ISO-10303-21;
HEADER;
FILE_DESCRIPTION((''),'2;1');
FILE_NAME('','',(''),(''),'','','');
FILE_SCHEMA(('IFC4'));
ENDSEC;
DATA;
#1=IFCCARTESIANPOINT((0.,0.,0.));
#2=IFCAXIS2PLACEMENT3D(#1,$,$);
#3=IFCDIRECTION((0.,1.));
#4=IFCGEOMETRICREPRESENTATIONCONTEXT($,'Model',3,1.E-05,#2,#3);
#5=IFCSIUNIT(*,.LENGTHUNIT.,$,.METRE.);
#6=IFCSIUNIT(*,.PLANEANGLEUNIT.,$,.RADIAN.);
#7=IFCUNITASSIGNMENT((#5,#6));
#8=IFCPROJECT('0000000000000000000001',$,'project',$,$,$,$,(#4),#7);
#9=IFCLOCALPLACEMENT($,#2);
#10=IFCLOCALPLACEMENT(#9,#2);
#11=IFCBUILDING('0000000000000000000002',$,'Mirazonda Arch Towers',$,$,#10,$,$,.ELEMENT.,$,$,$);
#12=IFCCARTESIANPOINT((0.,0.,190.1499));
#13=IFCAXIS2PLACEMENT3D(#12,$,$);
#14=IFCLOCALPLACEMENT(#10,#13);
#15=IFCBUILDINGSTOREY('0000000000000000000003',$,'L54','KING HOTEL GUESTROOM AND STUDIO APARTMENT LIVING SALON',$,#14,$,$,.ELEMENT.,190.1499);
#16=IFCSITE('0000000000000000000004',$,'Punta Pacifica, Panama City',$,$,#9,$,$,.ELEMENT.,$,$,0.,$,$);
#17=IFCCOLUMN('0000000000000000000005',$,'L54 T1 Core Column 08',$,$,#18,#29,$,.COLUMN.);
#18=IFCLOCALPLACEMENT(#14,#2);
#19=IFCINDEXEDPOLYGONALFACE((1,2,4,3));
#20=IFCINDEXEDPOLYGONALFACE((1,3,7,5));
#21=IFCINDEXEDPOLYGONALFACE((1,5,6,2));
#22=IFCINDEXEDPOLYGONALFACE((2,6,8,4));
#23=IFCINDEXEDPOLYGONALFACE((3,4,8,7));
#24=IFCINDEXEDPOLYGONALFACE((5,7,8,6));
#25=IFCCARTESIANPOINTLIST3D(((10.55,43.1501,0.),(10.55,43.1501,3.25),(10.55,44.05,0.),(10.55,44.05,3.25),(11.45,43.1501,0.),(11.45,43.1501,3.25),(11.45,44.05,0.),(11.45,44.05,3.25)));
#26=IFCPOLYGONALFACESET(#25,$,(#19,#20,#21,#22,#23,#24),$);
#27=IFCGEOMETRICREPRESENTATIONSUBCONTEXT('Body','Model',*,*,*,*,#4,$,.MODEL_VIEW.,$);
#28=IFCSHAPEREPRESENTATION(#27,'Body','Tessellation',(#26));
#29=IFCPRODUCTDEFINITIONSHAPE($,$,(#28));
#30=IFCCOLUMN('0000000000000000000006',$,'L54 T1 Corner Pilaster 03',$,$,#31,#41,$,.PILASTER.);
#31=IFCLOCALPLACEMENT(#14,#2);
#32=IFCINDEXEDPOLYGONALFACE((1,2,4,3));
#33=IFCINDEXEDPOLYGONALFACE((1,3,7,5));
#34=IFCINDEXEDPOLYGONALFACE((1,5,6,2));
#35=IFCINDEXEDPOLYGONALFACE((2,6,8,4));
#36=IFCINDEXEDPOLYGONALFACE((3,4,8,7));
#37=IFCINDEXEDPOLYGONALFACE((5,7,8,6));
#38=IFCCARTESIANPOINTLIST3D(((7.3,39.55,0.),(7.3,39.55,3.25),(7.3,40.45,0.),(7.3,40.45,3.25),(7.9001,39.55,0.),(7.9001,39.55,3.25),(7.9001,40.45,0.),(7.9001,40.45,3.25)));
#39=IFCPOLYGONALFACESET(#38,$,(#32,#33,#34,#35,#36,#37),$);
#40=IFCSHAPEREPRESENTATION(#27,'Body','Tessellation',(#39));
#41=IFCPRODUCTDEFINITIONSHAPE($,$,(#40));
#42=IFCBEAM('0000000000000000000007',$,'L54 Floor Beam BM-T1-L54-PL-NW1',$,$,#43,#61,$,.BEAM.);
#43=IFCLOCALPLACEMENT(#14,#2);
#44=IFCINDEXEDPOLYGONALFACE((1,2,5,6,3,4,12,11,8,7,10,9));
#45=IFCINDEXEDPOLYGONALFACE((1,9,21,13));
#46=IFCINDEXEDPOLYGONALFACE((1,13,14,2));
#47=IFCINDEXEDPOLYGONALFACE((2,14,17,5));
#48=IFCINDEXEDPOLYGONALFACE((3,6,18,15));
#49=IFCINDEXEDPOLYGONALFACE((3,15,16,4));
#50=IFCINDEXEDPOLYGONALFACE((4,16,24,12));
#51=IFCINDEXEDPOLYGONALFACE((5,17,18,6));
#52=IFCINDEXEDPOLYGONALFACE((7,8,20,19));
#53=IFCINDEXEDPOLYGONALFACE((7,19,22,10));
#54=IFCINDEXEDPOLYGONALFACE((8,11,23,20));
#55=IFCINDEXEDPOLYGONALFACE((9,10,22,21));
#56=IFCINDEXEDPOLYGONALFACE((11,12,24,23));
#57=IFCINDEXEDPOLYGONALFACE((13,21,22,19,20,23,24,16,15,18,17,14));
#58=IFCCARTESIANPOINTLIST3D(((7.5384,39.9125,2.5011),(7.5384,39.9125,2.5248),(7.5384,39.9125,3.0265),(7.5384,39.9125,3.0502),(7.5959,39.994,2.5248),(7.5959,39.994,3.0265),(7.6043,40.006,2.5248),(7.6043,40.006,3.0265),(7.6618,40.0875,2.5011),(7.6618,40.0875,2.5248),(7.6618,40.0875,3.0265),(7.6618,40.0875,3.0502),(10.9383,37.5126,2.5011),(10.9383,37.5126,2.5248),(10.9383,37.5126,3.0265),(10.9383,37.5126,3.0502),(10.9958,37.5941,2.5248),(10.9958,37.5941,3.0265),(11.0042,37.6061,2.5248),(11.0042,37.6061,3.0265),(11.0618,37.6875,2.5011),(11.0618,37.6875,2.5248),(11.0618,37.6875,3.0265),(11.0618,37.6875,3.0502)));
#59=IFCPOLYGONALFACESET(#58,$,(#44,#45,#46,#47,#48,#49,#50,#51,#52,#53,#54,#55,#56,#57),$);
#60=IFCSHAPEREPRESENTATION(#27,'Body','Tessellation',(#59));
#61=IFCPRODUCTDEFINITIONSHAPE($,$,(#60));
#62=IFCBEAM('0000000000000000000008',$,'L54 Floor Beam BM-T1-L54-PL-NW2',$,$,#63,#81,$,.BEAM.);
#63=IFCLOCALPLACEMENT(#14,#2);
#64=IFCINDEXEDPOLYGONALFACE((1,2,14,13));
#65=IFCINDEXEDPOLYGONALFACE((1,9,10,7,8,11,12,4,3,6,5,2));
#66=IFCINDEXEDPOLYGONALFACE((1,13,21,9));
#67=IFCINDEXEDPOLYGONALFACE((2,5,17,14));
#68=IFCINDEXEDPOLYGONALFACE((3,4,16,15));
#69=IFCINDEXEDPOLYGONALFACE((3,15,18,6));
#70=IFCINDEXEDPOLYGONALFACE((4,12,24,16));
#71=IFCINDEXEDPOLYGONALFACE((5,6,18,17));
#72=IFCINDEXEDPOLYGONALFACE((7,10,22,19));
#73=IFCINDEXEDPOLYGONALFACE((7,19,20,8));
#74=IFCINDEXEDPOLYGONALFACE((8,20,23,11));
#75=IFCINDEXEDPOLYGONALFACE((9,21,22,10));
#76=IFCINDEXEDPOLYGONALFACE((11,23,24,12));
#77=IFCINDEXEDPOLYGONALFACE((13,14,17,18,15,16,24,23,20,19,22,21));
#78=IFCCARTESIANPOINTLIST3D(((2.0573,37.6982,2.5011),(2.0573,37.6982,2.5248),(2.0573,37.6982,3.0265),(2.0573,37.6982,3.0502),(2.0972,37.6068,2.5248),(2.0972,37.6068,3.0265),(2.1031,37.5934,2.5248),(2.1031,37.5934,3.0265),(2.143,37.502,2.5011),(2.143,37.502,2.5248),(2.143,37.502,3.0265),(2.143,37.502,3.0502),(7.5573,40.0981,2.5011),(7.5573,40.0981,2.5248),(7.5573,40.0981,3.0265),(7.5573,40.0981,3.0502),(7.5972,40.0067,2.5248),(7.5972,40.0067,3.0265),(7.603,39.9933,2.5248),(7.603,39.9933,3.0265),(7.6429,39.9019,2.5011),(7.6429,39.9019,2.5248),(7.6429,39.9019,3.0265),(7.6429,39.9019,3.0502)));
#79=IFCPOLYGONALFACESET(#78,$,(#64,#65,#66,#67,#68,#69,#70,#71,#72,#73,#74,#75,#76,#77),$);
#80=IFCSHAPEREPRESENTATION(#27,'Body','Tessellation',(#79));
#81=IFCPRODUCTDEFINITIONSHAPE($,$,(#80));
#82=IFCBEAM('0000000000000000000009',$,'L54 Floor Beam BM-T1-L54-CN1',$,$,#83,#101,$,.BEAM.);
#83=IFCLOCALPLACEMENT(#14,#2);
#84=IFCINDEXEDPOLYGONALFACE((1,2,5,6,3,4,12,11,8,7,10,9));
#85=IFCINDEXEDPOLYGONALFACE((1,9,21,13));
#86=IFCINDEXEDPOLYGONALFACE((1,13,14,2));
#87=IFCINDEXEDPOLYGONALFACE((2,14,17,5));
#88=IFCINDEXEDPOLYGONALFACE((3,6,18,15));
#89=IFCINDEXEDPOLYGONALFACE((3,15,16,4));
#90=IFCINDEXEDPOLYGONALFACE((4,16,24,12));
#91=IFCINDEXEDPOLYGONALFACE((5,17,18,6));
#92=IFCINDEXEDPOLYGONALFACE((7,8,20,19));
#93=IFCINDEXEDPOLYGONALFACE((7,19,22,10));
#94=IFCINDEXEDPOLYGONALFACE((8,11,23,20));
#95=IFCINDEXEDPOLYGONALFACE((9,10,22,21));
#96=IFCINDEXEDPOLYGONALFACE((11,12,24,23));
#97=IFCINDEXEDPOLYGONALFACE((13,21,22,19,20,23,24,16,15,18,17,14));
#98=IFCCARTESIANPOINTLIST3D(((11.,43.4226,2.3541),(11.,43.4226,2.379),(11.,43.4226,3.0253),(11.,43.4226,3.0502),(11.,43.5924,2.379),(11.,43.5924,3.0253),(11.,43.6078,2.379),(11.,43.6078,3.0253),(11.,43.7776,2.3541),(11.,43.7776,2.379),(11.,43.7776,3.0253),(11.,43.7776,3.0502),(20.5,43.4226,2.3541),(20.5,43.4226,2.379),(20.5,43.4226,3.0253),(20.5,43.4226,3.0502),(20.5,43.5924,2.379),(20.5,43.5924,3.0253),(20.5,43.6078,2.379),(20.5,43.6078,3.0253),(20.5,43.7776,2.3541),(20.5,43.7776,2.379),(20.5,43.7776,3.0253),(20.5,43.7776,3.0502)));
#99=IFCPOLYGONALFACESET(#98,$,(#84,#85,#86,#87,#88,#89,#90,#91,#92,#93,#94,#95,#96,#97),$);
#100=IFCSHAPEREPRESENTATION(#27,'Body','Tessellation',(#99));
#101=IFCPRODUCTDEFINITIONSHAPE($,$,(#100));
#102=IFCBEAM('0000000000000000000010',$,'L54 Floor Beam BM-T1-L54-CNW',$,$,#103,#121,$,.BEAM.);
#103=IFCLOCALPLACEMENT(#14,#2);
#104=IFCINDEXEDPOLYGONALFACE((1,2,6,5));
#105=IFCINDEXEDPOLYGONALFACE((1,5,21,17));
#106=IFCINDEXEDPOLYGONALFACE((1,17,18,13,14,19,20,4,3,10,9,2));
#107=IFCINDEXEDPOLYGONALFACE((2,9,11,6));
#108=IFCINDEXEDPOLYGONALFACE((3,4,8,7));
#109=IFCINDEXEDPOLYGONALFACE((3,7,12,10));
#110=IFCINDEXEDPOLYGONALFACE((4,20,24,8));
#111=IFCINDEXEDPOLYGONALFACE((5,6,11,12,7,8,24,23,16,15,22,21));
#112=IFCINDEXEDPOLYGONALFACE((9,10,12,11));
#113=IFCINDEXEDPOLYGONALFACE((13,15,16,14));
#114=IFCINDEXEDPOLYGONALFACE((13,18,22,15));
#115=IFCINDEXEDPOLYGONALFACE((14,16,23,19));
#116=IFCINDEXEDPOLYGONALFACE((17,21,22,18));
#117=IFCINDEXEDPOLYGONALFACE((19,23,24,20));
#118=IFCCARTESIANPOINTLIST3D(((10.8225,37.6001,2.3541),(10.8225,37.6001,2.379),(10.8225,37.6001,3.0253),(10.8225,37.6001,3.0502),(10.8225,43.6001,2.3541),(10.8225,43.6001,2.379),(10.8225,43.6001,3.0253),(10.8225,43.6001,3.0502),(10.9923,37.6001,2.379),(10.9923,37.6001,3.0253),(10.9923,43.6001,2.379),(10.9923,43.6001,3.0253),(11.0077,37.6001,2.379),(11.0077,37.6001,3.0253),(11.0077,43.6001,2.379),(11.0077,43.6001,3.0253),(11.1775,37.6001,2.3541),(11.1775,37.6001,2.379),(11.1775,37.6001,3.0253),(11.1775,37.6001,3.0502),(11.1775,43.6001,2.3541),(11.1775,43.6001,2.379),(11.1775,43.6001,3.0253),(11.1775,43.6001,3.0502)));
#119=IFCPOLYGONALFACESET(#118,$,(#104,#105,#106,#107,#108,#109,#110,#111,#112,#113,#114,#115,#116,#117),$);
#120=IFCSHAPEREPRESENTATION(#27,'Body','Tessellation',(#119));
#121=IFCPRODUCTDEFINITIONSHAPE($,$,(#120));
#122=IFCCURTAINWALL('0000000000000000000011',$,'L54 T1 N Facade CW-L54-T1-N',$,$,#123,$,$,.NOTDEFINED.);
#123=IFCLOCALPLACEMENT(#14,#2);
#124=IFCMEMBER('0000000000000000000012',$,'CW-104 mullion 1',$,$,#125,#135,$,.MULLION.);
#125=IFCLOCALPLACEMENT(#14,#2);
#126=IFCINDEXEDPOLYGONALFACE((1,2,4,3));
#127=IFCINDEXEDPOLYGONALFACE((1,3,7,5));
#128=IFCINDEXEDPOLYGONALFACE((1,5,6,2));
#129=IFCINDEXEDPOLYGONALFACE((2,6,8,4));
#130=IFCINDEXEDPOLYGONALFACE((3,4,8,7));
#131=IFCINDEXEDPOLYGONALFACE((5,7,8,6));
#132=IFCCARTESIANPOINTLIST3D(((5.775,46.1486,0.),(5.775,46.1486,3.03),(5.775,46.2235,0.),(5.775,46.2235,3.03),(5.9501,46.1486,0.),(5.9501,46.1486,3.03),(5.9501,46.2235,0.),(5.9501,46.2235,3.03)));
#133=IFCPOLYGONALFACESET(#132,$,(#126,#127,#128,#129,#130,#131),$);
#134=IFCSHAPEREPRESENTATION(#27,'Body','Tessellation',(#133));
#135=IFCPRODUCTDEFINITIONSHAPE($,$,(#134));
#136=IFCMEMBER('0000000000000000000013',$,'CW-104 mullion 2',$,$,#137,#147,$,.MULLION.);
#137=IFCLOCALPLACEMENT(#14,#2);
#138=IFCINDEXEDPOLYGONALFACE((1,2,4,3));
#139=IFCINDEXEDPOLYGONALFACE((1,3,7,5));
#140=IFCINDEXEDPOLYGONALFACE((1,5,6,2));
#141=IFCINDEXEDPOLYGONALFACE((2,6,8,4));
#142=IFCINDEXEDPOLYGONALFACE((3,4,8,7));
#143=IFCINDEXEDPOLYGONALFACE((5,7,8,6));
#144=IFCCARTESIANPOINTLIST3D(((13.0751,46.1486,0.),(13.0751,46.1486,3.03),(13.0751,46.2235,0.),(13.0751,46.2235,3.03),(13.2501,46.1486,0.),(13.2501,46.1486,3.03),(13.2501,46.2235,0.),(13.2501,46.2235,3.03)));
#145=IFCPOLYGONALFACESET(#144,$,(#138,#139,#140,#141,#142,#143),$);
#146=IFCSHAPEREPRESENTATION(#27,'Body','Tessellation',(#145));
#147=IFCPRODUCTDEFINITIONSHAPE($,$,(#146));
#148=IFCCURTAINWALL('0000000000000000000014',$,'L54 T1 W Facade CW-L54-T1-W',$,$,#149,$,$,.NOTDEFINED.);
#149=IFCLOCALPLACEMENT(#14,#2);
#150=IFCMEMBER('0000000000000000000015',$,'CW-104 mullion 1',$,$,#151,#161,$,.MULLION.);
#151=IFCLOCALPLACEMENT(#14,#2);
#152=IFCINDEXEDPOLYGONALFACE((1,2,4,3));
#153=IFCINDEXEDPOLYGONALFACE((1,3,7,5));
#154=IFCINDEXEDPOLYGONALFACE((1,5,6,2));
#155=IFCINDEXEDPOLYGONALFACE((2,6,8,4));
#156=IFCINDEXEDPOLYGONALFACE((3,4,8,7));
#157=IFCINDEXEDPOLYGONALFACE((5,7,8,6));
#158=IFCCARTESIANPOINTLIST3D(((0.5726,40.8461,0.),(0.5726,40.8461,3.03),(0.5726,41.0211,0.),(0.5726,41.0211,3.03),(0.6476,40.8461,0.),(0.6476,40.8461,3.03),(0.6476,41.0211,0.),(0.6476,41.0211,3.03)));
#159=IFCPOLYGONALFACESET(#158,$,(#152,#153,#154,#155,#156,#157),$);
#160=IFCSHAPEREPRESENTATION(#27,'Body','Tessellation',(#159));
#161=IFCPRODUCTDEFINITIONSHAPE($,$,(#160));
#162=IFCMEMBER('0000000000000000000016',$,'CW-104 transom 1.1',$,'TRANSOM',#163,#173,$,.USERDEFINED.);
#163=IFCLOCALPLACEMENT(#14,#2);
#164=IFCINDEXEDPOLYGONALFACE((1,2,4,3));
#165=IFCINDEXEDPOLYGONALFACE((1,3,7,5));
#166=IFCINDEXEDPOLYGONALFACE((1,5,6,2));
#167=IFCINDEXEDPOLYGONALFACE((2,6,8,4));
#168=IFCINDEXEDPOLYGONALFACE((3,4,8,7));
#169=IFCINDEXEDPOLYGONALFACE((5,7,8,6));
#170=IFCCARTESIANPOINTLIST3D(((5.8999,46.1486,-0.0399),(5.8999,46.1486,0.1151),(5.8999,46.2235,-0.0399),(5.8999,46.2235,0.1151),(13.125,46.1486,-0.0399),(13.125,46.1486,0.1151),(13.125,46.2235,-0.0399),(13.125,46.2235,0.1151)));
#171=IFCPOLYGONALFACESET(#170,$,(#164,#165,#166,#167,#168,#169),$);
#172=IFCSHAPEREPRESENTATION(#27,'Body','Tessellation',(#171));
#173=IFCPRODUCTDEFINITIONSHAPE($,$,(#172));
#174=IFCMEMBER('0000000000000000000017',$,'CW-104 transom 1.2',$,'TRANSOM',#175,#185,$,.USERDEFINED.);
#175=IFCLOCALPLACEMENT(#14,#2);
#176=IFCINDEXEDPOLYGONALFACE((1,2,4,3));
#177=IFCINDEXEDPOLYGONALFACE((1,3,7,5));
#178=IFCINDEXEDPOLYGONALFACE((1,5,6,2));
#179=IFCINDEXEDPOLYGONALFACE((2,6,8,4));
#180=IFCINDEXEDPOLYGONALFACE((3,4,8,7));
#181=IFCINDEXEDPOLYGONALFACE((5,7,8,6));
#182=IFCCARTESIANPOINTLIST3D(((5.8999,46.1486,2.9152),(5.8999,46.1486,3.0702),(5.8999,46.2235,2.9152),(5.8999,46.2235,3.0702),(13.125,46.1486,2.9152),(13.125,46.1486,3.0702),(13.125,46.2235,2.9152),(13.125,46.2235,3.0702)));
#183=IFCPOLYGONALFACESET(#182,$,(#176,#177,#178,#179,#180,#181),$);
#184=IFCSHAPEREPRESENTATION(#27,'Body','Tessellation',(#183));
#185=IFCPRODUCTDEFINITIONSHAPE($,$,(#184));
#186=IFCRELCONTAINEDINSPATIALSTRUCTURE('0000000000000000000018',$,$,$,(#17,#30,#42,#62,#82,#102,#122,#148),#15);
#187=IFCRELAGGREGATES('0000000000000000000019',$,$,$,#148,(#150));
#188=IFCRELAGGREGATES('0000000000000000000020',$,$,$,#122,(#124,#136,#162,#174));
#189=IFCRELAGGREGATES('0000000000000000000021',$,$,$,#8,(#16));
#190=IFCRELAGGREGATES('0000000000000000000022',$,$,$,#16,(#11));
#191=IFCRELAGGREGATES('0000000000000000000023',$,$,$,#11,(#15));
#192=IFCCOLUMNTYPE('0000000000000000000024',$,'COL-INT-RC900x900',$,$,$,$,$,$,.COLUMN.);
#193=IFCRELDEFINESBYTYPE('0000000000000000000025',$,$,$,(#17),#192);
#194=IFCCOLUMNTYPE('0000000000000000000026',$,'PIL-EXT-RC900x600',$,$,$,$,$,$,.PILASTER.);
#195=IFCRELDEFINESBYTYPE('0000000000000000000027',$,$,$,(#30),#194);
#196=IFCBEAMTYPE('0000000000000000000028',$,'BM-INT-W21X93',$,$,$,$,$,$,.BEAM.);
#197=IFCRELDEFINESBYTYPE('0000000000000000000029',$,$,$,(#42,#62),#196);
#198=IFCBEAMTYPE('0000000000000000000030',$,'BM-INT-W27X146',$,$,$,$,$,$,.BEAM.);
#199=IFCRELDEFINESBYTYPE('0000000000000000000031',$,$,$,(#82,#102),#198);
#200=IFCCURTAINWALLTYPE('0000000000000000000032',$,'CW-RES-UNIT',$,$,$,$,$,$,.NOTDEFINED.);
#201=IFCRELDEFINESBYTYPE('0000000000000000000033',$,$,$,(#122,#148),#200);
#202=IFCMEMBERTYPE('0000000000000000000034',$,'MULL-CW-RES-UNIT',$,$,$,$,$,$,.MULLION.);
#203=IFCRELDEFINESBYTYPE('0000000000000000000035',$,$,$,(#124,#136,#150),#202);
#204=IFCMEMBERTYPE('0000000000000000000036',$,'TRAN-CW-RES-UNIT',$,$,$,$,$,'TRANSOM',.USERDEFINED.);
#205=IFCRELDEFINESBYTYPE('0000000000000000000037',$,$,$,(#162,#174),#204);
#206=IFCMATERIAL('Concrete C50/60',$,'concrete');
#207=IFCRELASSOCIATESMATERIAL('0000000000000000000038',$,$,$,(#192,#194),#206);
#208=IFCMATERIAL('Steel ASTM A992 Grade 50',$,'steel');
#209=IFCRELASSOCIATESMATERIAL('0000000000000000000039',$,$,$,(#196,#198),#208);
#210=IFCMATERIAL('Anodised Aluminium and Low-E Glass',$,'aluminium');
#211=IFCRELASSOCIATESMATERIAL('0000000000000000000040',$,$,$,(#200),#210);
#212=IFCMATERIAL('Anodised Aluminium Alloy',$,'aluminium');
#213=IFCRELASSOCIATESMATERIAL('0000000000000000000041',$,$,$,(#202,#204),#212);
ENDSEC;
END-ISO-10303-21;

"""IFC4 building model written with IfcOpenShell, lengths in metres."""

from ifc_helpers import new_model, si_unit, direction, frame, origin, origin_2d, place, context, subcontext, project, spatial, rectangle, i_section, extrude, material, material_profile, profile_set, type_object, element, aggregate, save


model = new_model("IFC4")

# Units and contexts
model_context = context("Model", 3, precision=1e-05, world=origin(), true_north=direction((0.0, 1.0)))
body_context = subcontext(model_context, "Body", "Model", "MODEL_VIEW")
ifc_project = project(units=[si_unit("LENGTHUNIT", "METRE"), si_unit("PLANEANGLEUNIT", "RADIAN")], contexts=[model_context])

# Site, building, storey
site_placement = place(None, origin())
site = spatial("IfcSite", under=ifc_project, at=site_placement, Name="Punta Pacifica, Panama City", CompositionType="ELEMENT", RefElevation=0.0)
building_placement = place(site_placement, origin())
building = spatial("IfcBuilding", under=site, at=building_placement, Name="Mirazonda Arch Towers", CompositionType="ELEMENT")
storey_placement = place(building_placement, frame((0.0, 0.0, 190.1499)))
storey = spatial("IfcBuildingStorey", under=building, at=storey_placement, Name="L54", Description="KING HOTEL GUESTROOM AND STUDIO APARTMENT LIVING SALON", CompositionType="ELEMENT", Elevation=190.1499)

# Columns
ifc_material_1 = material(Name="Concrete C50/60", Category="concrete")
ifc_material_profile_1 = material_profile(ifc_material_1, rectangle(XDim=0.8999, YDim=0.8999, at=origin_2d()), Name="RC900x900")
ifc_profile_set_1 = profile_set([ifc_material_profile_1], Name="Concrete C50/60")
column_type_1 = type_object("IfcColumnType", Name="COL-INT-RC900x900", PredefinedType="COLUMN", material=ifc_profile_set_1)
column_1_placement = place(storey_placement, frame((11.0, 43.6001, 0.0), z_axis=(0.0, 0.0, 1.0), x_axis=(1.0, 0.0, 0.0)))
element("IfcColumn", 1, at=column_1_placement, inside=storey, type_object=column_type_1, Name="L54 T1 Core Column 08", PredefinedType="COLUMN", context=body_context, shape_type="SweptSolid", body=[
    extrude(rectangle(XDim=0.8999, YDim=0.8999, at=origin_2d()), origin(), (0.0, 0.0, 1.0), 3.25),
])
ifc_material_profile_2 = material_profile(ifc_material_1, rectangle(XDim=0.6001, YDim=0.8999, at=origin_2d()), Name="RC900x600")
ifc_profile_set_2 = profile_set([ifc_material_profile_2], Name="Concrete C50/60")
column_type_2 = type_object("IfcColumnType", Name="PIL-EXT-RC900x600", PredefinedType="PILASTER", material=ifc_profile_set_2)
column_2_placement = place(storey_placement, frame((7.6001, 40.0, 0.0), z_axis=(0.0, 0.0, 1.0), x_axis=(1.0, 0.0, 0.0)))
element("IfcColumn", 2, at=column_2_placement, inside=storey, type_object=column_type_2, Name="L54 T1 Corner Pilaster 03", PredefinedType="PILASTER", context=body_context, shape_type="SweptSolid", body=[
    extrude(rectangle(XDim=0.6001, YDim=0.8999, at=origin_2d()), origin(), (0.0, 0.0, 1.0), 3.25),
])

# Beams
ifc_material_2 = material(Name="Steel ASTM A992 Grade 50", Category="steel")
ifc_material_profile_3 = material_profile(ifc_material_2, i_section(OverallWidth=0.2141, OverallDepth=0.5491, WebThickness=0.0146, FlangeThickness=0.0237, at=origin_2d()), Name="W21X93")
ifc_profile_set_3 = profile_set([ifc_material_profile_3], Name="Steel ASTM A992 Grade 50")
beam_type_1 = type_object("IfcBeamType", Name="BM-INT-W21X93", PredefinedType="BEAM", material=ifc_profile_set_3)
beam_1_placement = place(storey_placement, frame((7.6001, 40.0, 2.7756), z_axis=(0.816971, -0.576679, 0.0), x_axis=(0.576679, 0.816971, 0.0)))
element("IfcBeam", 3, at=beam_1_placement, inside=storey, type_object=beam_type_1, Name="L54 Floor Beam BM-T1-L54-PL-NW1", PredefinedType="BEAM", context=body_context, shape_type="SweptSolid", body=[
    extrude(i_section(OverallWidth=0.2141, OverallDepth=0.5491, WebThickness=0.0146, FlangeThickness=0.0237, at=origin_2d()), origin(), (0.0, 0.0, 1.0), 4.1616),
])
beam_2_placement = place(storey_placement, frame((7.6001, 40.0, 2.7756), z_axis=(-0.916545, -0.399931, 0.0), x_axis=(0.399931, -0.916545, 0.0)))
element("IfcBeam", 4, at=beam_2_placement, inside=storey, type_object=beam_type_1, Name="L54 Floor Beam BM-T1-L54-PL-NW2", PredefinedType="BEAM", context=body_context, shape_type="SweptSolid", body=[
    extrude(i_section(OverallWidth=0.2141, OverallDepth=0.5491, WebThickness=0.0146, FlangeThickness=0.0237, at=origin_2d()), origin(), (0.0, 0.0, 1.0), 6.0007),
])
ifc_material_profile_4 = material_profile(ifc_material_2, i_section(OverallWidth=0.355, OverallDepth=0.696, WebThickness=0.0154, FlangeThickness=0.0249, at=origin_2d()), Name="W27X146")
ifc_profile_set_4 = profile_set([ifc_material_profile_4], Name="Steel ASTM A992 Grade 50")
beam_type_2 = type_object("IfcBeamType", Name="BM-INT-W27X146", PredefinedType="BEAM", material=ifc_profile_set_4)
beam_3_placement = place(storey_placement, frame((11.0, 43.6001, 2.7021), z_axis=(1.0, 0.0, 0.0), x_axis=(0.0, 1.0, 0.0)))
element("IfcBeam", 5, at=beam_3_placement, inside=storey, type_object=beam_type_2, Name="L54 Floor Beam BM-T1-L54-CN1", PredefinedType="BEAM", context=body_context, shape_type="SweptSolid", body=[
    extrude(i_section(OverallWidth=0.355, OverallDepth=0.696, WebThickness=0.0154, FlangeThickness=0.0249, at=origin_2d()), origin(), (0.0, 0.0, 1.0), 9.5),
])
beam_4_placement = place(storey_placement, frame((11.0, 37.6001, 2.7021), z_axis=(0.0, 1.0, 0.0), x_axis=(-1.0, 0.0, 0.0)))
element("IfcBeam", 6, at=beam_4_placement, inside=storey, type_object=beam_type_2, Name="L54 Floor Beam BM-T1-L54-CNW", PredefinedType="BEAM", context=body_context, shape_type="SweptSolid", body=[
    extrude(i_section(OverallWidth=0.355, OverallDepth=0.696, WebThickness=0.0154, FlangeThickness=0.0249, at=origin_2d()), origin(), (0.0, 0.0, 1.0), 6.0),
])

# Curtain wall, members
ifc_material_3 = material(Name="Anodised Aluminium and Low-E Glass", Category="aluminium")
curtain_wall_type = type_object("IfcCurtainWallType", Name="CW-RES-UNIT", PredefinedType="NOTDEFINED", material=ifc_material_3)
curtain_wall_1_placement = place(storey_placement, origin())
curtain_wall_1 = element("IfcCurtainWall", 7, at=curtain_wall_1_placement, inside=storey, type_object=curtain_wall_type, Name="L54 T1 N Facade CW-L54-T1-N", PredefinedType="NOTDEFINED")
ifc_material_4 = material(Name="Anodised Aluminium Alloy", Category="aluminium")
ifc_material_profile_5 = material_profile(ifc_material_4, rectangle(XDim=0.075, YDim=0.175, at=origin_2d()), Name="ALU-MULL-75x175")
ifc_profile_set_5 = profile_set([ifc_material_profile_5], Name="Anodised Aluminium Alloy")
member_type_1 = type_object("IfcMemberType", Name="MULL-CW-RES-UNIT", PredefinedType="MULLION", material=ifc_profile_set_5)
member_1_placement = place(storey_placement, frame((5.8625, 46.186, 0.0), z_axis=(0.0, 0.0, 1.0), x_axis=(0.0, 1.0, 0.0)))
member_1 = element("IfcMember", 8, at=member_1_placement, type_object=member_type_1, Name="CW-104 mullion 1", PredefinedType="MULLION", context=body_context, shape_type="SweptSolid", body=[
    extrude(rectangle(XDim=0.075, YDim=0.175, at=origin_2d()), origin(), (0.0, 0.0, 1.0), 3.03),
])
member_2_placement = place(storey_placement, frame((13.1626, 46.186, 0.0), z_axis=(0.0, 0.0, 1.0), x_axis=(0.0, 1.0, 0.0)))
member_2 = element("IfcMember", 9, at=member_2_placement, type_object=member_type_1, Name="CW-104 mullion 2", PredefinedType="MULLION", context=body_context, shape_type="SweptSolid", body=[
    extrude(rectangle(XDim=0.075, YDim=0.175, at=origin_2d()), origin(), (0.0, 0.0, 1.0), 3.03),
])

# Curtain wall, member
curtain_wall_2_placement = place(storey_placement, origin())
curtain_wall_2 = element("IfcCurtainWall", 10, at=curtain_wall_2_placement, inside=storey, type_object=curtain_wall_type, Name="L54 T1 W Facade CW-L54-T1-W", PredefinedType="NOTDEFINED")
member_3_placement = place(storey_placement, frame((0.6101, 40.9336, 0.0), z_axis=(0.0, 0.0, 1.0), x_axis=(1.0, 0.0, 0.0)))
member_3 = element("IfcMember", 11, at=member_3_placement, type_object=member_type_1, Name="CW-104 mullion 1", PredefinedType="MULLION", context=body_context, shape_type="SweptSolid", body=[
    extrude(rectangle(XDim=0.075, YDim=0.175, at=origin_2d()), origin(), (0.0, 0.0, 1.0), 3.03),
])

# Members
ifc_material_profile_6 = material_profile(ifc_material_4, rectangle(XDim=0.075, YDim=0.155, at=origin_2d()), Name="ALU-TRAN-75x155")
ifc_profile_set_6 = profile_set([ifc_material_profile_6], Name="Anodised Aluminium Alloy")
member_type_2 = type_object("IfcMemberType", Name="TRAN-CW-RES-UNIT", ElementType="TRANSOM", PredefinedType="USERDEFINED", material=ifc_profile_set_6)
member_4_placement = place(storey_placement, frame((5.8999, 46.186, 0.0376), z_axis=(1.0, 0.0, 0.0), x_axis=(0.0, 1.0, 0.0)))
member_4 = element("IfcMember", 12, at=member_4_placement, type_object=member_type_2, Name="CW-104 transom 1.1", ObjectType="TRANSOM", PredefinedType="USERDEFINED", context=body_context, shape_type="SweptSolid", body=[
    extrude(rectangle(XDim=0.075, YDim=0.155, at=origin_2d()), origin(), (0.0, 0.0, 1.0), 7.2251),
])
member_5_placement = place(storey_placement, frame((5.8999, 46.186, 2.9927), z_axis=(1.0, 0.0, 0.0), x_axis=(0.0, 1.0, 0.0)))
member_5 = element("IfcMember", 13, at=member_5_placement, type_object=member_type_2, Name="CW-104 transom 1.2", ObjectType="TRANSOM", PredefinedType="USERDEFINED", context=body_context, shape_type="SweptSolid", body=[
    extrude(rectangle(XDim=0.075, YDim=0.155, at=origin_2d()), origin(), (0.0, 0.0, 1.0), 7.2251),
])
aggregate(curtain_wall_2, [member_3])

aggregate(curtain_wall_1, [member_1, member_2, member_4, member_5])

save(model, "model.ifc")
